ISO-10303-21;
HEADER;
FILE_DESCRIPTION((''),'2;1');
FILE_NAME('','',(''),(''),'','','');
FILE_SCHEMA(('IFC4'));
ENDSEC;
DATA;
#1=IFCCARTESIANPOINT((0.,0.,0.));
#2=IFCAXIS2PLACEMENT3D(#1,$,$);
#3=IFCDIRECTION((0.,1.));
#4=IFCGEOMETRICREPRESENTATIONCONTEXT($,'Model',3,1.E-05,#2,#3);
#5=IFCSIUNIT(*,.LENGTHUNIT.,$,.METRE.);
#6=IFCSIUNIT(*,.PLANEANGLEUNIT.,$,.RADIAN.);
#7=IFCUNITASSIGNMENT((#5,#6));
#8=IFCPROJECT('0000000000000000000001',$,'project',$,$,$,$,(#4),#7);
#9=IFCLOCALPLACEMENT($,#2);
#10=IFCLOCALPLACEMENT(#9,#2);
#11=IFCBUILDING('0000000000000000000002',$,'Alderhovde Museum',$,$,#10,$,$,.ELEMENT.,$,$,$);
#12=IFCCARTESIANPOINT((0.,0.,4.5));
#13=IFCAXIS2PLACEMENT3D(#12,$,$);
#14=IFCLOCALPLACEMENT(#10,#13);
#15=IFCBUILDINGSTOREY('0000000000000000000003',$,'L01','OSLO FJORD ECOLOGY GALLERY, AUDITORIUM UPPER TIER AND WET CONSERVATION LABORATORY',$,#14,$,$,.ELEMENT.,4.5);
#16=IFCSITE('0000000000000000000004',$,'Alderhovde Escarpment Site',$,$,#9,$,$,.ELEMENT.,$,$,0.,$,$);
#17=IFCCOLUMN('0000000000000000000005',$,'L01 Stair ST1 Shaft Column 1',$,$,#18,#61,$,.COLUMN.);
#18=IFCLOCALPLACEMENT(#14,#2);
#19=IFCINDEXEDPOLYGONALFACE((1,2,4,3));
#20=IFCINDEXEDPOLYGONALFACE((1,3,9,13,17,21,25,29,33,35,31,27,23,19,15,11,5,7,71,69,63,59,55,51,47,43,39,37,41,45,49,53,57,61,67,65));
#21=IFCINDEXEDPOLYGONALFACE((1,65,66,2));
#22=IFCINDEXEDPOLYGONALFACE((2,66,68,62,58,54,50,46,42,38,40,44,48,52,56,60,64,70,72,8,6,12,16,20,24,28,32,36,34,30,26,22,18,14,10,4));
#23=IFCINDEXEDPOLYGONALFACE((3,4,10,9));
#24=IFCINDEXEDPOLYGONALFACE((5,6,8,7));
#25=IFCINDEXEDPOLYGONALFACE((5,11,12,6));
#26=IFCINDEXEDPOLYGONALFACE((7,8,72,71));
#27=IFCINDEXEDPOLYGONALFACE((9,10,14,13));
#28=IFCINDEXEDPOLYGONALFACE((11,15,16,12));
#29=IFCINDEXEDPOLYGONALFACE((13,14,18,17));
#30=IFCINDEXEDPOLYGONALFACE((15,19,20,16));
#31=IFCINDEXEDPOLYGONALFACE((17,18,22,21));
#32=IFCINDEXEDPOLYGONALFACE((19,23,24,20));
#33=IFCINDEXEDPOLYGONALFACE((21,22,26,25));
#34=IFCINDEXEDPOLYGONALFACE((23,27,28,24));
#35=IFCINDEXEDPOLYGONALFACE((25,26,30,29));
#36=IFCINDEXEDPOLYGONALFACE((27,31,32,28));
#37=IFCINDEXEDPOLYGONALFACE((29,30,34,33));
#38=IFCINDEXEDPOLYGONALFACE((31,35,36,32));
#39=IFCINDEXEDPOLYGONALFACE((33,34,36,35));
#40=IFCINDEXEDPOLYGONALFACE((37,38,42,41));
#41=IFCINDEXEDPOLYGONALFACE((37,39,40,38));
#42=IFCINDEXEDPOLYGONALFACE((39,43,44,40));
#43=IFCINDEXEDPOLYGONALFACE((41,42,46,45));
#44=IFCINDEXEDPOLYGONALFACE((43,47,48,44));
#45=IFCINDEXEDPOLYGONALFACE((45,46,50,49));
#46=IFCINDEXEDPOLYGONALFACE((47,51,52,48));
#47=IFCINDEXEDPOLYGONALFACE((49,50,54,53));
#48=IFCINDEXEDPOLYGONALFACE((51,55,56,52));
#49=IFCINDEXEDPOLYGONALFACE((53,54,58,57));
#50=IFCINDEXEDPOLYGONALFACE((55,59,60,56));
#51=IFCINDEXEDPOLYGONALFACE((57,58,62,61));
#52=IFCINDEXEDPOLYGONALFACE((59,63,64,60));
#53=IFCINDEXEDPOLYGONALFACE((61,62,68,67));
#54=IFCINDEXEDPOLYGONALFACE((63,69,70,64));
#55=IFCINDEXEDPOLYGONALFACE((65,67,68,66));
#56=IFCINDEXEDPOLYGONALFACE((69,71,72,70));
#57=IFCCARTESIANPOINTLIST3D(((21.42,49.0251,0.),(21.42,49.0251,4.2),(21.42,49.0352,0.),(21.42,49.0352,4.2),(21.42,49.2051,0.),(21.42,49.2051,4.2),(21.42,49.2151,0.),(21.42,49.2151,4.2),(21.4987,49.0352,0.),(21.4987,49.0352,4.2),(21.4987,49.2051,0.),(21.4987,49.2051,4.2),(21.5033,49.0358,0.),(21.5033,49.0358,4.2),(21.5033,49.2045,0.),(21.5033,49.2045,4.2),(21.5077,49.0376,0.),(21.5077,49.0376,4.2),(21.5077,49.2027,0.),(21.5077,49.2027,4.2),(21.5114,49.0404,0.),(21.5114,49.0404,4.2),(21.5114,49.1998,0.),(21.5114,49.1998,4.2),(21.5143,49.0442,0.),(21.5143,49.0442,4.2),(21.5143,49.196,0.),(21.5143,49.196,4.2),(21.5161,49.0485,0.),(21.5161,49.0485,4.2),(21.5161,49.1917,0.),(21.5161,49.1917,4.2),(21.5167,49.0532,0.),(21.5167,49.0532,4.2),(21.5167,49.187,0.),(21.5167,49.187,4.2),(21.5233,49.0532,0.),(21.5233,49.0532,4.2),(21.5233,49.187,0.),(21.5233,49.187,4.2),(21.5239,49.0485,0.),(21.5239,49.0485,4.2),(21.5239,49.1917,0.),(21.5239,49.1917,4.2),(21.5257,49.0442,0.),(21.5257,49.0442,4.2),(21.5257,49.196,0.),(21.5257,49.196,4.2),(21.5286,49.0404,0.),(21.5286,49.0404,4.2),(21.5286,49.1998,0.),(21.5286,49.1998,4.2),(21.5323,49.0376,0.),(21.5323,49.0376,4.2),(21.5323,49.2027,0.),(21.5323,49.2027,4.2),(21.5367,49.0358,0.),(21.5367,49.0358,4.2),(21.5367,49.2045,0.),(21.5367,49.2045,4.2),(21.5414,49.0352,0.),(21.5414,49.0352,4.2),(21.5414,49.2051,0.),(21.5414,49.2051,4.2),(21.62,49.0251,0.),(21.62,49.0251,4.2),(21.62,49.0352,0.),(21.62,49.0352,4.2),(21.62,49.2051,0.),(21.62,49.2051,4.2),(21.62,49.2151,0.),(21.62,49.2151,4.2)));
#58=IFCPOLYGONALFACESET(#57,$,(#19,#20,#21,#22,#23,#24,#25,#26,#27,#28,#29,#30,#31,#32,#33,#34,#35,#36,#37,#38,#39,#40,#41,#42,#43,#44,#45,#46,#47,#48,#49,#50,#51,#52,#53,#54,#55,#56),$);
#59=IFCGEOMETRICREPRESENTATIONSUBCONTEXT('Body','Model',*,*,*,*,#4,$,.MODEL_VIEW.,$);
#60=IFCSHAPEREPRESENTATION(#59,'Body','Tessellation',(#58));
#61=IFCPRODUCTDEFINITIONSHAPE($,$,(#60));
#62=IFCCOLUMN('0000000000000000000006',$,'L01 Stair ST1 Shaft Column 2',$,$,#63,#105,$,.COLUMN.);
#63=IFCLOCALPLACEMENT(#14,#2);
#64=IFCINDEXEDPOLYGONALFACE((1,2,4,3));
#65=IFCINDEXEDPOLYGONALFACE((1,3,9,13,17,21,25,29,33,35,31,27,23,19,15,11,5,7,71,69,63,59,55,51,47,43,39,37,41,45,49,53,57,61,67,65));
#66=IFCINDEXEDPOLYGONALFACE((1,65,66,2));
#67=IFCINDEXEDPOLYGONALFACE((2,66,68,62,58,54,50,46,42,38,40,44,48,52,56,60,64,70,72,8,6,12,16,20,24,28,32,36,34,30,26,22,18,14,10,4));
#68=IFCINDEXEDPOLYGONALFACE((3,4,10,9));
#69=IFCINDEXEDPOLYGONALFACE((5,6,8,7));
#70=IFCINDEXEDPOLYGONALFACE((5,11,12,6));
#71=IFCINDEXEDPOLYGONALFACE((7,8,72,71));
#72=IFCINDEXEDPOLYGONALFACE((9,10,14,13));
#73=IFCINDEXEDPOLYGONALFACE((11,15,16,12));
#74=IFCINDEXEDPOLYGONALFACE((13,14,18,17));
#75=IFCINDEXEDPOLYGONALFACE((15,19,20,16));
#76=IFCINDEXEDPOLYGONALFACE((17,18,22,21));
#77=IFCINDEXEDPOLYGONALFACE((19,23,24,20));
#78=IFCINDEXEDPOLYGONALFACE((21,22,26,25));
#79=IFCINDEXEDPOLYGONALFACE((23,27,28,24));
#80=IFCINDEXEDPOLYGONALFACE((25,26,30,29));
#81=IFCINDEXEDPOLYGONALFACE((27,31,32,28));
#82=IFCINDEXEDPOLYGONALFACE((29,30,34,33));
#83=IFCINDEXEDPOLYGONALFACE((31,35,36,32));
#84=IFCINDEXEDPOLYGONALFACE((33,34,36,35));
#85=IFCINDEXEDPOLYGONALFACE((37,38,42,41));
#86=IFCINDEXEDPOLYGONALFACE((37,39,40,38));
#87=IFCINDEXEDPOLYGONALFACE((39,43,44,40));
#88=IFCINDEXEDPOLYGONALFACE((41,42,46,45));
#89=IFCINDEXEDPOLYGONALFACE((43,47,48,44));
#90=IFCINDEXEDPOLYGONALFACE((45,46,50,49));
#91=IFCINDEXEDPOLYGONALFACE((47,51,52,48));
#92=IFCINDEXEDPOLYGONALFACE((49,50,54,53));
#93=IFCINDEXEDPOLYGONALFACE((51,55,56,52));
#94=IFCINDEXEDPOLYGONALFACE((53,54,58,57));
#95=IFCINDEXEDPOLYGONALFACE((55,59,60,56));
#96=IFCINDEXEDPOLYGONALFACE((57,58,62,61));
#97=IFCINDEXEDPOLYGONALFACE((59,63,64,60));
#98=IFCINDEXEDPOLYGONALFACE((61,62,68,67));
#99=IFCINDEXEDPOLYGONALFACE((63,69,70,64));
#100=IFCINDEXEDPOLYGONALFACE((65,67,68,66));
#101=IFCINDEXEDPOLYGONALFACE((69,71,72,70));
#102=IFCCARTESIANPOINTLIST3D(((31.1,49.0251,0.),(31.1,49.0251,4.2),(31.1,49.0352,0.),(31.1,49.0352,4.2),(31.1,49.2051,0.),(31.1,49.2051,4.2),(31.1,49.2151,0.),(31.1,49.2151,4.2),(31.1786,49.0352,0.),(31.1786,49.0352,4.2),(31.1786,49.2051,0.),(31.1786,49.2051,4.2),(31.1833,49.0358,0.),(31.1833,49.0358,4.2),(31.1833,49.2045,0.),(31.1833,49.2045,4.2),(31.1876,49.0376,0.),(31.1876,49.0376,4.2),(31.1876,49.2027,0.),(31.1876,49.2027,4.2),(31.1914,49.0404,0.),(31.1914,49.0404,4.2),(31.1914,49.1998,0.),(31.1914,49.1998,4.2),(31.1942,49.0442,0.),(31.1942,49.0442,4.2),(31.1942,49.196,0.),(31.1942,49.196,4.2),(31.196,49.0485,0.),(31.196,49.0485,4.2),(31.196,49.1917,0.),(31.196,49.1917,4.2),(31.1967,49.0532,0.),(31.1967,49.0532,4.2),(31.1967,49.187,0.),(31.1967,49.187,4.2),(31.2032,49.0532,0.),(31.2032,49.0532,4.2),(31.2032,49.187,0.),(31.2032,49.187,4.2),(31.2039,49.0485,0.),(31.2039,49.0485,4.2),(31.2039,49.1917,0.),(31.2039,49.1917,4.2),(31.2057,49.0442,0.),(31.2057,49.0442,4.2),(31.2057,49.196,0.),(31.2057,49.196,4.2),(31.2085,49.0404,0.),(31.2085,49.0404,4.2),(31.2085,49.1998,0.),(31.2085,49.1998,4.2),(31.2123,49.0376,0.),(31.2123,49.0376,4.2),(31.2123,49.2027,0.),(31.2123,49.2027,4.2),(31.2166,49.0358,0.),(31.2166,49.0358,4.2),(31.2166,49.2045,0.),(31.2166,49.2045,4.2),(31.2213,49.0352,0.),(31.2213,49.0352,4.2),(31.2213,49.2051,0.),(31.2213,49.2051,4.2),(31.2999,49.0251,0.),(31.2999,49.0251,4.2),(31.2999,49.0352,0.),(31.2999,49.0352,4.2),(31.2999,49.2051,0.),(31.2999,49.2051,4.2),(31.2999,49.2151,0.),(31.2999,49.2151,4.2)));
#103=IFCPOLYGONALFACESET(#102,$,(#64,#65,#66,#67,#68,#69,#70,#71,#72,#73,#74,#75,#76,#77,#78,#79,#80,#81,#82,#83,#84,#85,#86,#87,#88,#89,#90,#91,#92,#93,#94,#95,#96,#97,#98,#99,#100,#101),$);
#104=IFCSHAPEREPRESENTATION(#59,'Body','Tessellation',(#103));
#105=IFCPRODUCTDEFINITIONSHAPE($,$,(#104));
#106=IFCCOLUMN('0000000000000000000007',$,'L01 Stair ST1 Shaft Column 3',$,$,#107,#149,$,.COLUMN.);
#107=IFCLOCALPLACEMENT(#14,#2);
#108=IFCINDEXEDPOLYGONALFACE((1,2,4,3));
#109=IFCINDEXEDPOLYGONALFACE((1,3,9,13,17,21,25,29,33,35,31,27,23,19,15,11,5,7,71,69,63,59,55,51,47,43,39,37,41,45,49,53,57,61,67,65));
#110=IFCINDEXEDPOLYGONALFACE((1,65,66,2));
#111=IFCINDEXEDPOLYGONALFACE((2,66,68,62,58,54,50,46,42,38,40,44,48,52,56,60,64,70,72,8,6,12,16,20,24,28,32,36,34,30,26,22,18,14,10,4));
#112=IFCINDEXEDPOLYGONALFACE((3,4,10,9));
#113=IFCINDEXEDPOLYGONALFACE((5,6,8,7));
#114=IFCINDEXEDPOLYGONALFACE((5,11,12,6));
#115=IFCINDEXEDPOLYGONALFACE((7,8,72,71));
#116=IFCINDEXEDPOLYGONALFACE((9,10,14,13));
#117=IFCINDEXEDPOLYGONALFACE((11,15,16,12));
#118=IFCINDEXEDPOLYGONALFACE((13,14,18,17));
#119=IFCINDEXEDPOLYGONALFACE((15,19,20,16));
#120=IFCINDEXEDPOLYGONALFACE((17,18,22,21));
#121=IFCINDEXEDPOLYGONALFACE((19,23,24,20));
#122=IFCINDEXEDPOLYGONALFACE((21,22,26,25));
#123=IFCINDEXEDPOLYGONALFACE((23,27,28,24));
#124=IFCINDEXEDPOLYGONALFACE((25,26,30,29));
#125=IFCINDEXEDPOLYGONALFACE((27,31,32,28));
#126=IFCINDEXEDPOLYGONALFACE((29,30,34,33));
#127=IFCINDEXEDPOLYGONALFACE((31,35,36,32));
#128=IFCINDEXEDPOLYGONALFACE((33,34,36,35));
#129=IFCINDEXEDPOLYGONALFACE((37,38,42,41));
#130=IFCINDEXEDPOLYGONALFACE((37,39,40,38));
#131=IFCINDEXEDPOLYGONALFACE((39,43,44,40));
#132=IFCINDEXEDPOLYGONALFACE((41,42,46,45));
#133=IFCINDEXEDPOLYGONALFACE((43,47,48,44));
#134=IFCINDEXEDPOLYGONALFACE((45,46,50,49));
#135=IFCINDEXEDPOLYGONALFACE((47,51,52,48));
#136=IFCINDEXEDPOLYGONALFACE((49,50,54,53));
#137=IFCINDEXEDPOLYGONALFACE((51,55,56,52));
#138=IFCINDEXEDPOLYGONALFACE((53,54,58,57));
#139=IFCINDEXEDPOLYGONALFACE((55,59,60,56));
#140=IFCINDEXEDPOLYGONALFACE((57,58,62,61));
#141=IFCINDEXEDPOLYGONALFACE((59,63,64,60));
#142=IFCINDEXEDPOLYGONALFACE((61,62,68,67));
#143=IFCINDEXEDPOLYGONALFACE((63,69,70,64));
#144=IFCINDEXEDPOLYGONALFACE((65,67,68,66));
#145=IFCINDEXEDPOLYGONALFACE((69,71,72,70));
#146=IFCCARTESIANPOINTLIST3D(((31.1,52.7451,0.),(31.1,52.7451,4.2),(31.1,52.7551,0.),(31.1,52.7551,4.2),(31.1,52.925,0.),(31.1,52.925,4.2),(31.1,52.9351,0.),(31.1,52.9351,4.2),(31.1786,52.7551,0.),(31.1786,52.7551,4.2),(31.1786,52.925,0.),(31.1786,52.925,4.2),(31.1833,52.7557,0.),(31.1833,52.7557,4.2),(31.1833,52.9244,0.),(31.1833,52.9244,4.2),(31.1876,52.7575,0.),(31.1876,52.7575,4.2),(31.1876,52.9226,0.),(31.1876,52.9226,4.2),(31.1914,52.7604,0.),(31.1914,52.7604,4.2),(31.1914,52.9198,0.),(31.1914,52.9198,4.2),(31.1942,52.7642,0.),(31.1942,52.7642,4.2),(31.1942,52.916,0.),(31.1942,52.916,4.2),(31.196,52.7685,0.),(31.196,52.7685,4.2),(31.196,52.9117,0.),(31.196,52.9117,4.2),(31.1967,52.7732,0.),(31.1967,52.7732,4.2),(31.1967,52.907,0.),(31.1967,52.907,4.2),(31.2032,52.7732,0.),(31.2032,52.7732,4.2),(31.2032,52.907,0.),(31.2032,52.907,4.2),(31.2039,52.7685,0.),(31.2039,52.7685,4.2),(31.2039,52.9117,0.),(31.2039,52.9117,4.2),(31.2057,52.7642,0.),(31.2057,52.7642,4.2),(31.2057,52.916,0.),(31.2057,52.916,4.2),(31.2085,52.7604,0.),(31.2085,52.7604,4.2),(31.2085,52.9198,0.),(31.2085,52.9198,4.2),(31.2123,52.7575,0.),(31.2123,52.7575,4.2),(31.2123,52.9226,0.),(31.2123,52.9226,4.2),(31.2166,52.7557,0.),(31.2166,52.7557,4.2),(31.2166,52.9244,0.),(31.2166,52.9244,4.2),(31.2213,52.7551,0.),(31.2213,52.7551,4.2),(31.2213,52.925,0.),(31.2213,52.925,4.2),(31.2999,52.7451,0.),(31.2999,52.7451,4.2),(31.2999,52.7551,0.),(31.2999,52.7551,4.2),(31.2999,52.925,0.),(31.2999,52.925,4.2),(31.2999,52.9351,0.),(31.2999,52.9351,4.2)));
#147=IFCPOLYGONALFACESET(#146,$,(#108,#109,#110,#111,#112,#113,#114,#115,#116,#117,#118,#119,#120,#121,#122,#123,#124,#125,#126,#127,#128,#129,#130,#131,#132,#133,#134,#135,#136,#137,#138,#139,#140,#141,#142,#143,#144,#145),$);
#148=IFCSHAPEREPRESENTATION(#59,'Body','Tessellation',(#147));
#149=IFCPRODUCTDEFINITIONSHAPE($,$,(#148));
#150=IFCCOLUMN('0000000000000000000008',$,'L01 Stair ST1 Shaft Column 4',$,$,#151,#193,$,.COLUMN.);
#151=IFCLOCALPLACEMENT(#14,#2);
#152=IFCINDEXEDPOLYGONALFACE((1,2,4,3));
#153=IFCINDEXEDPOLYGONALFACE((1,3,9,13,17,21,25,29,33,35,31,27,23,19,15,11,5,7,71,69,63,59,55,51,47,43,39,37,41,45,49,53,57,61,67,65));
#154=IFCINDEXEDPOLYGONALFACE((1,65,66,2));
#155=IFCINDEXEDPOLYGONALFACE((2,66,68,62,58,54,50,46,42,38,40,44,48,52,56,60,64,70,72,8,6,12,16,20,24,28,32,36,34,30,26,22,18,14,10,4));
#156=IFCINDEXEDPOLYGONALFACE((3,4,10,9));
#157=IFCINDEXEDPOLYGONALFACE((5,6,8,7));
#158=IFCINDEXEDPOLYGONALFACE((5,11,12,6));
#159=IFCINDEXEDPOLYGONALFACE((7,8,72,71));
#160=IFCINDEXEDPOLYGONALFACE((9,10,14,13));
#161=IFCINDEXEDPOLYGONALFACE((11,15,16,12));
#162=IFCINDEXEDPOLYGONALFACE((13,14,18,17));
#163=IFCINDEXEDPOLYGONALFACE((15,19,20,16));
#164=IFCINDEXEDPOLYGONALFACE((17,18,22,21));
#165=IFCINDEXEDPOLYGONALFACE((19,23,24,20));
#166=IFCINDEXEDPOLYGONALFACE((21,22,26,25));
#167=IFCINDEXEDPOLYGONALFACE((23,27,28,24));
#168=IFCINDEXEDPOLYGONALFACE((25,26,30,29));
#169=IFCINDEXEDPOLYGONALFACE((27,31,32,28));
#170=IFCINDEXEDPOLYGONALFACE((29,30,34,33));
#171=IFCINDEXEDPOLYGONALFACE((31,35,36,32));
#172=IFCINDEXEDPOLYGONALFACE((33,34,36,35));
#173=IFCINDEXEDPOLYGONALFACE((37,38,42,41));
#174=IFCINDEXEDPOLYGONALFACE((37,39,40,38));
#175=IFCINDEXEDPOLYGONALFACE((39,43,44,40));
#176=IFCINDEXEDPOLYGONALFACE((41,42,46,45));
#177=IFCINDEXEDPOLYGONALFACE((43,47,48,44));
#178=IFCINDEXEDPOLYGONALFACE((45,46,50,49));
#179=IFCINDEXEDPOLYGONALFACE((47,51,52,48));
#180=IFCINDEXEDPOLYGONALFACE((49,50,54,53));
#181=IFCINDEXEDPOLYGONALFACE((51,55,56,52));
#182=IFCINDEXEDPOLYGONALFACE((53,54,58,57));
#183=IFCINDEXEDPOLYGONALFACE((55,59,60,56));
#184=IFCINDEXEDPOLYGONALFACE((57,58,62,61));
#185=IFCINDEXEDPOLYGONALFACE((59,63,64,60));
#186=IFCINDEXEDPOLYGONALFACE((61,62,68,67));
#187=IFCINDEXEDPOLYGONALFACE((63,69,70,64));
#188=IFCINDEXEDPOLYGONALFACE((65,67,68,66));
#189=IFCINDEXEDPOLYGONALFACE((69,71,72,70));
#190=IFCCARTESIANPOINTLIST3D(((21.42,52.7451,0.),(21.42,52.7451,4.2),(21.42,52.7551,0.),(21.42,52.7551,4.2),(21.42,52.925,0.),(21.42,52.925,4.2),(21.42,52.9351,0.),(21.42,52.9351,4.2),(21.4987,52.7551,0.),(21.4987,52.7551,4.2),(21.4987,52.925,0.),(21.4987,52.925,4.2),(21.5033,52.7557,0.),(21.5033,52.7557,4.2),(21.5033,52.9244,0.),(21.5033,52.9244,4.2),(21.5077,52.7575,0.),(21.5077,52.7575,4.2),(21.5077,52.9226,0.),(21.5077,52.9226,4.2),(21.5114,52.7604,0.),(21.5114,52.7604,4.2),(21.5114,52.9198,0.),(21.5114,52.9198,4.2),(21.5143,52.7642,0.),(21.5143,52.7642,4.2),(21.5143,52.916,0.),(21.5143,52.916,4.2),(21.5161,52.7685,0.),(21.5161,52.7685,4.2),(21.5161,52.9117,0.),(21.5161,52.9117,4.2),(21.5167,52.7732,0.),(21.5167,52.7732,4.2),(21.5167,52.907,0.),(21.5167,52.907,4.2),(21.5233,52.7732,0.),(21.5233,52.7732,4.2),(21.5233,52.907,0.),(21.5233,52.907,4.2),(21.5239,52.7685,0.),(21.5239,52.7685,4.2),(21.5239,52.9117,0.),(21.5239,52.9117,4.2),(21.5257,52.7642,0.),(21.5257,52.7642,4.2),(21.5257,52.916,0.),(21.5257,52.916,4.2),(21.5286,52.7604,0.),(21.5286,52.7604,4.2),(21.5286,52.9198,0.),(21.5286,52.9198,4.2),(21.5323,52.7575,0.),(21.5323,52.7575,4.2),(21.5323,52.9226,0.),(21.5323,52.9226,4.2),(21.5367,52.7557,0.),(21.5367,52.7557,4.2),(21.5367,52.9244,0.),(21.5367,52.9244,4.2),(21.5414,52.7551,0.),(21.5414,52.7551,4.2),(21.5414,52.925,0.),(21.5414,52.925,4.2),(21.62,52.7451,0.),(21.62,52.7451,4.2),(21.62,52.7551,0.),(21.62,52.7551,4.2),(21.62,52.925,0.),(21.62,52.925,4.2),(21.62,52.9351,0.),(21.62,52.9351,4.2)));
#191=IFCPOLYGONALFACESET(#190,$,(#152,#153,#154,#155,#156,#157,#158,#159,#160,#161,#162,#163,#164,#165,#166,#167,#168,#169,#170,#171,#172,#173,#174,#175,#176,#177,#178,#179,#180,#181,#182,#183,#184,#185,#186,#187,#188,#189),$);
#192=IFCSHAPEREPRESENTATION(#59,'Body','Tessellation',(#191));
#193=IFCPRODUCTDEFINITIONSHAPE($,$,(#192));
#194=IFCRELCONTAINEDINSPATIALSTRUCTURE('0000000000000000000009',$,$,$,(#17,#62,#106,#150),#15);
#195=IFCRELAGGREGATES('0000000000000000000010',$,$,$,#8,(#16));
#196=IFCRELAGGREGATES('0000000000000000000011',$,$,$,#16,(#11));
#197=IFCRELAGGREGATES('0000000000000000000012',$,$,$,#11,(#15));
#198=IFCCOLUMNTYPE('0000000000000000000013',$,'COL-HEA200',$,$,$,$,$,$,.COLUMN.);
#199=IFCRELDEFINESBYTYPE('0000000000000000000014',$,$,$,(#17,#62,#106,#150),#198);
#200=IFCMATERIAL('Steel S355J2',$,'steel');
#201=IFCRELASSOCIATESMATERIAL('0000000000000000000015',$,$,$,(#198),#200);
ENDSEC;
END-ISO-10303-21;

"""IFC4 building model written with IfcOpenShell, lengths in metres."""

from ifc_helpers import new_model, si_unit, direction, frame, origin, origin_2d, place, context, subcontext, project, spatial, i_section, extrude, material, material_profile, profile_set, type_object, element, save


model = new_model("IFC4")

# Units and contexts
model_context = context("Model", 3, precision=1e-05, world=origin(), true_north=direction((0.0, 1.0)))
body_context = subcontext(model_context, "Body", "Model", "MODEL_VIEW")
ifc_project = project(units=[si_unit("LENGTHUNIT", "METRE"), si_unit("PLANEANGLEUNIT", "RADIAN")], contexts=[model_context])

# Site, building, storey
site_placement = place(None, origin())
site = spatial("IfcSite", under=ifc_project, at=site_placement, Name="Alderhovde Escarpment Site", CompositionType="ELEMENT", RefElevation=0.0)
building_placement = place(site_placement, origin())
building = spatial("IfcBuilding", under=site, at=building_placement, Name="Alderhovde Museum", CompositionType="ELEMENT")
storey_placement = place(building_placement, frame((0.0, 0.0, 4.5)))
storey = spatial("IfcBuildingStorey", under=building, at=storey_placement, Name="L01", Description="OSLO FJORD ECOLOGY GALLERY, AUDITORIUM UPPER TIER AND WET CONSERVATION LABORATORY", CompositionType="ELEMENT", Elevation=4.5)

# Columns
ifc_material_1 = material(Name="Steel S355J2", Category="steel")
ifc_material_profile_1 = material_profile(ifc_material_1, i_section(OverallWidth=0.2, OverallDepth=0.1899, WebThickness=0.0066, FlangeThickness=0.01, FilletRadius=0.0181, at=origin_2d()), Name="HEA 200")
ifc_profile_set_1 = profile_set([ifc_material_profile_1], Name="Steel S355J2")
column_type = type_object("IfcColumnType", Name="COL-HEA200", PredefinedType="COLUMN", material=ifc_profile_set_1)
for number, where, z_axis, x_axis, name in (
    (1, (21.52, 49.1201, 0.0), (0.0, 0.0, 1.0), (1.0, 0.0, 0.0), "L01 Stair ST1 Shaft Column 1"),
    (2, (31.2, 49.1201, 0.0), (0.0, 0.0, 1.0), (1.0, 0.0, 0.0), "L01 Stair ST1 Shaft Column 2"),
    (3, (31.2, 52.8401, 0.0), (0.0, 0.0, 1.0), (1.0, 0.0, 0.0), "L01 Stair ST1 Shaft Column 3"),
    (4, (21.52, 52.8401, 0.0), (0.0, 0.0, 1.0), (1.0, 0.0, 0.0), "L01 Stair ST1 Shaft Column 4"),
):
    element("IfcColumn", number, at=place(storey_placement, frame(where, z_axis=z_axis, x_axis=x_axis)), inside=storey, type_object=column_type, Name=name, PredefinedType="COLUMN", context=body_context, shape_type="SweptSolid", body=[
        extrude(i_section(OverallWidth=0.2, OverallDepth=0.1899, WebThickness=0.0066, FlangeThickness=0.01, FilletRadius=0.0181, at=origin_2d()), origin(), (0.0, 0.0, 1.0), 4.2),
    ])

save(model, "model.ifc")
